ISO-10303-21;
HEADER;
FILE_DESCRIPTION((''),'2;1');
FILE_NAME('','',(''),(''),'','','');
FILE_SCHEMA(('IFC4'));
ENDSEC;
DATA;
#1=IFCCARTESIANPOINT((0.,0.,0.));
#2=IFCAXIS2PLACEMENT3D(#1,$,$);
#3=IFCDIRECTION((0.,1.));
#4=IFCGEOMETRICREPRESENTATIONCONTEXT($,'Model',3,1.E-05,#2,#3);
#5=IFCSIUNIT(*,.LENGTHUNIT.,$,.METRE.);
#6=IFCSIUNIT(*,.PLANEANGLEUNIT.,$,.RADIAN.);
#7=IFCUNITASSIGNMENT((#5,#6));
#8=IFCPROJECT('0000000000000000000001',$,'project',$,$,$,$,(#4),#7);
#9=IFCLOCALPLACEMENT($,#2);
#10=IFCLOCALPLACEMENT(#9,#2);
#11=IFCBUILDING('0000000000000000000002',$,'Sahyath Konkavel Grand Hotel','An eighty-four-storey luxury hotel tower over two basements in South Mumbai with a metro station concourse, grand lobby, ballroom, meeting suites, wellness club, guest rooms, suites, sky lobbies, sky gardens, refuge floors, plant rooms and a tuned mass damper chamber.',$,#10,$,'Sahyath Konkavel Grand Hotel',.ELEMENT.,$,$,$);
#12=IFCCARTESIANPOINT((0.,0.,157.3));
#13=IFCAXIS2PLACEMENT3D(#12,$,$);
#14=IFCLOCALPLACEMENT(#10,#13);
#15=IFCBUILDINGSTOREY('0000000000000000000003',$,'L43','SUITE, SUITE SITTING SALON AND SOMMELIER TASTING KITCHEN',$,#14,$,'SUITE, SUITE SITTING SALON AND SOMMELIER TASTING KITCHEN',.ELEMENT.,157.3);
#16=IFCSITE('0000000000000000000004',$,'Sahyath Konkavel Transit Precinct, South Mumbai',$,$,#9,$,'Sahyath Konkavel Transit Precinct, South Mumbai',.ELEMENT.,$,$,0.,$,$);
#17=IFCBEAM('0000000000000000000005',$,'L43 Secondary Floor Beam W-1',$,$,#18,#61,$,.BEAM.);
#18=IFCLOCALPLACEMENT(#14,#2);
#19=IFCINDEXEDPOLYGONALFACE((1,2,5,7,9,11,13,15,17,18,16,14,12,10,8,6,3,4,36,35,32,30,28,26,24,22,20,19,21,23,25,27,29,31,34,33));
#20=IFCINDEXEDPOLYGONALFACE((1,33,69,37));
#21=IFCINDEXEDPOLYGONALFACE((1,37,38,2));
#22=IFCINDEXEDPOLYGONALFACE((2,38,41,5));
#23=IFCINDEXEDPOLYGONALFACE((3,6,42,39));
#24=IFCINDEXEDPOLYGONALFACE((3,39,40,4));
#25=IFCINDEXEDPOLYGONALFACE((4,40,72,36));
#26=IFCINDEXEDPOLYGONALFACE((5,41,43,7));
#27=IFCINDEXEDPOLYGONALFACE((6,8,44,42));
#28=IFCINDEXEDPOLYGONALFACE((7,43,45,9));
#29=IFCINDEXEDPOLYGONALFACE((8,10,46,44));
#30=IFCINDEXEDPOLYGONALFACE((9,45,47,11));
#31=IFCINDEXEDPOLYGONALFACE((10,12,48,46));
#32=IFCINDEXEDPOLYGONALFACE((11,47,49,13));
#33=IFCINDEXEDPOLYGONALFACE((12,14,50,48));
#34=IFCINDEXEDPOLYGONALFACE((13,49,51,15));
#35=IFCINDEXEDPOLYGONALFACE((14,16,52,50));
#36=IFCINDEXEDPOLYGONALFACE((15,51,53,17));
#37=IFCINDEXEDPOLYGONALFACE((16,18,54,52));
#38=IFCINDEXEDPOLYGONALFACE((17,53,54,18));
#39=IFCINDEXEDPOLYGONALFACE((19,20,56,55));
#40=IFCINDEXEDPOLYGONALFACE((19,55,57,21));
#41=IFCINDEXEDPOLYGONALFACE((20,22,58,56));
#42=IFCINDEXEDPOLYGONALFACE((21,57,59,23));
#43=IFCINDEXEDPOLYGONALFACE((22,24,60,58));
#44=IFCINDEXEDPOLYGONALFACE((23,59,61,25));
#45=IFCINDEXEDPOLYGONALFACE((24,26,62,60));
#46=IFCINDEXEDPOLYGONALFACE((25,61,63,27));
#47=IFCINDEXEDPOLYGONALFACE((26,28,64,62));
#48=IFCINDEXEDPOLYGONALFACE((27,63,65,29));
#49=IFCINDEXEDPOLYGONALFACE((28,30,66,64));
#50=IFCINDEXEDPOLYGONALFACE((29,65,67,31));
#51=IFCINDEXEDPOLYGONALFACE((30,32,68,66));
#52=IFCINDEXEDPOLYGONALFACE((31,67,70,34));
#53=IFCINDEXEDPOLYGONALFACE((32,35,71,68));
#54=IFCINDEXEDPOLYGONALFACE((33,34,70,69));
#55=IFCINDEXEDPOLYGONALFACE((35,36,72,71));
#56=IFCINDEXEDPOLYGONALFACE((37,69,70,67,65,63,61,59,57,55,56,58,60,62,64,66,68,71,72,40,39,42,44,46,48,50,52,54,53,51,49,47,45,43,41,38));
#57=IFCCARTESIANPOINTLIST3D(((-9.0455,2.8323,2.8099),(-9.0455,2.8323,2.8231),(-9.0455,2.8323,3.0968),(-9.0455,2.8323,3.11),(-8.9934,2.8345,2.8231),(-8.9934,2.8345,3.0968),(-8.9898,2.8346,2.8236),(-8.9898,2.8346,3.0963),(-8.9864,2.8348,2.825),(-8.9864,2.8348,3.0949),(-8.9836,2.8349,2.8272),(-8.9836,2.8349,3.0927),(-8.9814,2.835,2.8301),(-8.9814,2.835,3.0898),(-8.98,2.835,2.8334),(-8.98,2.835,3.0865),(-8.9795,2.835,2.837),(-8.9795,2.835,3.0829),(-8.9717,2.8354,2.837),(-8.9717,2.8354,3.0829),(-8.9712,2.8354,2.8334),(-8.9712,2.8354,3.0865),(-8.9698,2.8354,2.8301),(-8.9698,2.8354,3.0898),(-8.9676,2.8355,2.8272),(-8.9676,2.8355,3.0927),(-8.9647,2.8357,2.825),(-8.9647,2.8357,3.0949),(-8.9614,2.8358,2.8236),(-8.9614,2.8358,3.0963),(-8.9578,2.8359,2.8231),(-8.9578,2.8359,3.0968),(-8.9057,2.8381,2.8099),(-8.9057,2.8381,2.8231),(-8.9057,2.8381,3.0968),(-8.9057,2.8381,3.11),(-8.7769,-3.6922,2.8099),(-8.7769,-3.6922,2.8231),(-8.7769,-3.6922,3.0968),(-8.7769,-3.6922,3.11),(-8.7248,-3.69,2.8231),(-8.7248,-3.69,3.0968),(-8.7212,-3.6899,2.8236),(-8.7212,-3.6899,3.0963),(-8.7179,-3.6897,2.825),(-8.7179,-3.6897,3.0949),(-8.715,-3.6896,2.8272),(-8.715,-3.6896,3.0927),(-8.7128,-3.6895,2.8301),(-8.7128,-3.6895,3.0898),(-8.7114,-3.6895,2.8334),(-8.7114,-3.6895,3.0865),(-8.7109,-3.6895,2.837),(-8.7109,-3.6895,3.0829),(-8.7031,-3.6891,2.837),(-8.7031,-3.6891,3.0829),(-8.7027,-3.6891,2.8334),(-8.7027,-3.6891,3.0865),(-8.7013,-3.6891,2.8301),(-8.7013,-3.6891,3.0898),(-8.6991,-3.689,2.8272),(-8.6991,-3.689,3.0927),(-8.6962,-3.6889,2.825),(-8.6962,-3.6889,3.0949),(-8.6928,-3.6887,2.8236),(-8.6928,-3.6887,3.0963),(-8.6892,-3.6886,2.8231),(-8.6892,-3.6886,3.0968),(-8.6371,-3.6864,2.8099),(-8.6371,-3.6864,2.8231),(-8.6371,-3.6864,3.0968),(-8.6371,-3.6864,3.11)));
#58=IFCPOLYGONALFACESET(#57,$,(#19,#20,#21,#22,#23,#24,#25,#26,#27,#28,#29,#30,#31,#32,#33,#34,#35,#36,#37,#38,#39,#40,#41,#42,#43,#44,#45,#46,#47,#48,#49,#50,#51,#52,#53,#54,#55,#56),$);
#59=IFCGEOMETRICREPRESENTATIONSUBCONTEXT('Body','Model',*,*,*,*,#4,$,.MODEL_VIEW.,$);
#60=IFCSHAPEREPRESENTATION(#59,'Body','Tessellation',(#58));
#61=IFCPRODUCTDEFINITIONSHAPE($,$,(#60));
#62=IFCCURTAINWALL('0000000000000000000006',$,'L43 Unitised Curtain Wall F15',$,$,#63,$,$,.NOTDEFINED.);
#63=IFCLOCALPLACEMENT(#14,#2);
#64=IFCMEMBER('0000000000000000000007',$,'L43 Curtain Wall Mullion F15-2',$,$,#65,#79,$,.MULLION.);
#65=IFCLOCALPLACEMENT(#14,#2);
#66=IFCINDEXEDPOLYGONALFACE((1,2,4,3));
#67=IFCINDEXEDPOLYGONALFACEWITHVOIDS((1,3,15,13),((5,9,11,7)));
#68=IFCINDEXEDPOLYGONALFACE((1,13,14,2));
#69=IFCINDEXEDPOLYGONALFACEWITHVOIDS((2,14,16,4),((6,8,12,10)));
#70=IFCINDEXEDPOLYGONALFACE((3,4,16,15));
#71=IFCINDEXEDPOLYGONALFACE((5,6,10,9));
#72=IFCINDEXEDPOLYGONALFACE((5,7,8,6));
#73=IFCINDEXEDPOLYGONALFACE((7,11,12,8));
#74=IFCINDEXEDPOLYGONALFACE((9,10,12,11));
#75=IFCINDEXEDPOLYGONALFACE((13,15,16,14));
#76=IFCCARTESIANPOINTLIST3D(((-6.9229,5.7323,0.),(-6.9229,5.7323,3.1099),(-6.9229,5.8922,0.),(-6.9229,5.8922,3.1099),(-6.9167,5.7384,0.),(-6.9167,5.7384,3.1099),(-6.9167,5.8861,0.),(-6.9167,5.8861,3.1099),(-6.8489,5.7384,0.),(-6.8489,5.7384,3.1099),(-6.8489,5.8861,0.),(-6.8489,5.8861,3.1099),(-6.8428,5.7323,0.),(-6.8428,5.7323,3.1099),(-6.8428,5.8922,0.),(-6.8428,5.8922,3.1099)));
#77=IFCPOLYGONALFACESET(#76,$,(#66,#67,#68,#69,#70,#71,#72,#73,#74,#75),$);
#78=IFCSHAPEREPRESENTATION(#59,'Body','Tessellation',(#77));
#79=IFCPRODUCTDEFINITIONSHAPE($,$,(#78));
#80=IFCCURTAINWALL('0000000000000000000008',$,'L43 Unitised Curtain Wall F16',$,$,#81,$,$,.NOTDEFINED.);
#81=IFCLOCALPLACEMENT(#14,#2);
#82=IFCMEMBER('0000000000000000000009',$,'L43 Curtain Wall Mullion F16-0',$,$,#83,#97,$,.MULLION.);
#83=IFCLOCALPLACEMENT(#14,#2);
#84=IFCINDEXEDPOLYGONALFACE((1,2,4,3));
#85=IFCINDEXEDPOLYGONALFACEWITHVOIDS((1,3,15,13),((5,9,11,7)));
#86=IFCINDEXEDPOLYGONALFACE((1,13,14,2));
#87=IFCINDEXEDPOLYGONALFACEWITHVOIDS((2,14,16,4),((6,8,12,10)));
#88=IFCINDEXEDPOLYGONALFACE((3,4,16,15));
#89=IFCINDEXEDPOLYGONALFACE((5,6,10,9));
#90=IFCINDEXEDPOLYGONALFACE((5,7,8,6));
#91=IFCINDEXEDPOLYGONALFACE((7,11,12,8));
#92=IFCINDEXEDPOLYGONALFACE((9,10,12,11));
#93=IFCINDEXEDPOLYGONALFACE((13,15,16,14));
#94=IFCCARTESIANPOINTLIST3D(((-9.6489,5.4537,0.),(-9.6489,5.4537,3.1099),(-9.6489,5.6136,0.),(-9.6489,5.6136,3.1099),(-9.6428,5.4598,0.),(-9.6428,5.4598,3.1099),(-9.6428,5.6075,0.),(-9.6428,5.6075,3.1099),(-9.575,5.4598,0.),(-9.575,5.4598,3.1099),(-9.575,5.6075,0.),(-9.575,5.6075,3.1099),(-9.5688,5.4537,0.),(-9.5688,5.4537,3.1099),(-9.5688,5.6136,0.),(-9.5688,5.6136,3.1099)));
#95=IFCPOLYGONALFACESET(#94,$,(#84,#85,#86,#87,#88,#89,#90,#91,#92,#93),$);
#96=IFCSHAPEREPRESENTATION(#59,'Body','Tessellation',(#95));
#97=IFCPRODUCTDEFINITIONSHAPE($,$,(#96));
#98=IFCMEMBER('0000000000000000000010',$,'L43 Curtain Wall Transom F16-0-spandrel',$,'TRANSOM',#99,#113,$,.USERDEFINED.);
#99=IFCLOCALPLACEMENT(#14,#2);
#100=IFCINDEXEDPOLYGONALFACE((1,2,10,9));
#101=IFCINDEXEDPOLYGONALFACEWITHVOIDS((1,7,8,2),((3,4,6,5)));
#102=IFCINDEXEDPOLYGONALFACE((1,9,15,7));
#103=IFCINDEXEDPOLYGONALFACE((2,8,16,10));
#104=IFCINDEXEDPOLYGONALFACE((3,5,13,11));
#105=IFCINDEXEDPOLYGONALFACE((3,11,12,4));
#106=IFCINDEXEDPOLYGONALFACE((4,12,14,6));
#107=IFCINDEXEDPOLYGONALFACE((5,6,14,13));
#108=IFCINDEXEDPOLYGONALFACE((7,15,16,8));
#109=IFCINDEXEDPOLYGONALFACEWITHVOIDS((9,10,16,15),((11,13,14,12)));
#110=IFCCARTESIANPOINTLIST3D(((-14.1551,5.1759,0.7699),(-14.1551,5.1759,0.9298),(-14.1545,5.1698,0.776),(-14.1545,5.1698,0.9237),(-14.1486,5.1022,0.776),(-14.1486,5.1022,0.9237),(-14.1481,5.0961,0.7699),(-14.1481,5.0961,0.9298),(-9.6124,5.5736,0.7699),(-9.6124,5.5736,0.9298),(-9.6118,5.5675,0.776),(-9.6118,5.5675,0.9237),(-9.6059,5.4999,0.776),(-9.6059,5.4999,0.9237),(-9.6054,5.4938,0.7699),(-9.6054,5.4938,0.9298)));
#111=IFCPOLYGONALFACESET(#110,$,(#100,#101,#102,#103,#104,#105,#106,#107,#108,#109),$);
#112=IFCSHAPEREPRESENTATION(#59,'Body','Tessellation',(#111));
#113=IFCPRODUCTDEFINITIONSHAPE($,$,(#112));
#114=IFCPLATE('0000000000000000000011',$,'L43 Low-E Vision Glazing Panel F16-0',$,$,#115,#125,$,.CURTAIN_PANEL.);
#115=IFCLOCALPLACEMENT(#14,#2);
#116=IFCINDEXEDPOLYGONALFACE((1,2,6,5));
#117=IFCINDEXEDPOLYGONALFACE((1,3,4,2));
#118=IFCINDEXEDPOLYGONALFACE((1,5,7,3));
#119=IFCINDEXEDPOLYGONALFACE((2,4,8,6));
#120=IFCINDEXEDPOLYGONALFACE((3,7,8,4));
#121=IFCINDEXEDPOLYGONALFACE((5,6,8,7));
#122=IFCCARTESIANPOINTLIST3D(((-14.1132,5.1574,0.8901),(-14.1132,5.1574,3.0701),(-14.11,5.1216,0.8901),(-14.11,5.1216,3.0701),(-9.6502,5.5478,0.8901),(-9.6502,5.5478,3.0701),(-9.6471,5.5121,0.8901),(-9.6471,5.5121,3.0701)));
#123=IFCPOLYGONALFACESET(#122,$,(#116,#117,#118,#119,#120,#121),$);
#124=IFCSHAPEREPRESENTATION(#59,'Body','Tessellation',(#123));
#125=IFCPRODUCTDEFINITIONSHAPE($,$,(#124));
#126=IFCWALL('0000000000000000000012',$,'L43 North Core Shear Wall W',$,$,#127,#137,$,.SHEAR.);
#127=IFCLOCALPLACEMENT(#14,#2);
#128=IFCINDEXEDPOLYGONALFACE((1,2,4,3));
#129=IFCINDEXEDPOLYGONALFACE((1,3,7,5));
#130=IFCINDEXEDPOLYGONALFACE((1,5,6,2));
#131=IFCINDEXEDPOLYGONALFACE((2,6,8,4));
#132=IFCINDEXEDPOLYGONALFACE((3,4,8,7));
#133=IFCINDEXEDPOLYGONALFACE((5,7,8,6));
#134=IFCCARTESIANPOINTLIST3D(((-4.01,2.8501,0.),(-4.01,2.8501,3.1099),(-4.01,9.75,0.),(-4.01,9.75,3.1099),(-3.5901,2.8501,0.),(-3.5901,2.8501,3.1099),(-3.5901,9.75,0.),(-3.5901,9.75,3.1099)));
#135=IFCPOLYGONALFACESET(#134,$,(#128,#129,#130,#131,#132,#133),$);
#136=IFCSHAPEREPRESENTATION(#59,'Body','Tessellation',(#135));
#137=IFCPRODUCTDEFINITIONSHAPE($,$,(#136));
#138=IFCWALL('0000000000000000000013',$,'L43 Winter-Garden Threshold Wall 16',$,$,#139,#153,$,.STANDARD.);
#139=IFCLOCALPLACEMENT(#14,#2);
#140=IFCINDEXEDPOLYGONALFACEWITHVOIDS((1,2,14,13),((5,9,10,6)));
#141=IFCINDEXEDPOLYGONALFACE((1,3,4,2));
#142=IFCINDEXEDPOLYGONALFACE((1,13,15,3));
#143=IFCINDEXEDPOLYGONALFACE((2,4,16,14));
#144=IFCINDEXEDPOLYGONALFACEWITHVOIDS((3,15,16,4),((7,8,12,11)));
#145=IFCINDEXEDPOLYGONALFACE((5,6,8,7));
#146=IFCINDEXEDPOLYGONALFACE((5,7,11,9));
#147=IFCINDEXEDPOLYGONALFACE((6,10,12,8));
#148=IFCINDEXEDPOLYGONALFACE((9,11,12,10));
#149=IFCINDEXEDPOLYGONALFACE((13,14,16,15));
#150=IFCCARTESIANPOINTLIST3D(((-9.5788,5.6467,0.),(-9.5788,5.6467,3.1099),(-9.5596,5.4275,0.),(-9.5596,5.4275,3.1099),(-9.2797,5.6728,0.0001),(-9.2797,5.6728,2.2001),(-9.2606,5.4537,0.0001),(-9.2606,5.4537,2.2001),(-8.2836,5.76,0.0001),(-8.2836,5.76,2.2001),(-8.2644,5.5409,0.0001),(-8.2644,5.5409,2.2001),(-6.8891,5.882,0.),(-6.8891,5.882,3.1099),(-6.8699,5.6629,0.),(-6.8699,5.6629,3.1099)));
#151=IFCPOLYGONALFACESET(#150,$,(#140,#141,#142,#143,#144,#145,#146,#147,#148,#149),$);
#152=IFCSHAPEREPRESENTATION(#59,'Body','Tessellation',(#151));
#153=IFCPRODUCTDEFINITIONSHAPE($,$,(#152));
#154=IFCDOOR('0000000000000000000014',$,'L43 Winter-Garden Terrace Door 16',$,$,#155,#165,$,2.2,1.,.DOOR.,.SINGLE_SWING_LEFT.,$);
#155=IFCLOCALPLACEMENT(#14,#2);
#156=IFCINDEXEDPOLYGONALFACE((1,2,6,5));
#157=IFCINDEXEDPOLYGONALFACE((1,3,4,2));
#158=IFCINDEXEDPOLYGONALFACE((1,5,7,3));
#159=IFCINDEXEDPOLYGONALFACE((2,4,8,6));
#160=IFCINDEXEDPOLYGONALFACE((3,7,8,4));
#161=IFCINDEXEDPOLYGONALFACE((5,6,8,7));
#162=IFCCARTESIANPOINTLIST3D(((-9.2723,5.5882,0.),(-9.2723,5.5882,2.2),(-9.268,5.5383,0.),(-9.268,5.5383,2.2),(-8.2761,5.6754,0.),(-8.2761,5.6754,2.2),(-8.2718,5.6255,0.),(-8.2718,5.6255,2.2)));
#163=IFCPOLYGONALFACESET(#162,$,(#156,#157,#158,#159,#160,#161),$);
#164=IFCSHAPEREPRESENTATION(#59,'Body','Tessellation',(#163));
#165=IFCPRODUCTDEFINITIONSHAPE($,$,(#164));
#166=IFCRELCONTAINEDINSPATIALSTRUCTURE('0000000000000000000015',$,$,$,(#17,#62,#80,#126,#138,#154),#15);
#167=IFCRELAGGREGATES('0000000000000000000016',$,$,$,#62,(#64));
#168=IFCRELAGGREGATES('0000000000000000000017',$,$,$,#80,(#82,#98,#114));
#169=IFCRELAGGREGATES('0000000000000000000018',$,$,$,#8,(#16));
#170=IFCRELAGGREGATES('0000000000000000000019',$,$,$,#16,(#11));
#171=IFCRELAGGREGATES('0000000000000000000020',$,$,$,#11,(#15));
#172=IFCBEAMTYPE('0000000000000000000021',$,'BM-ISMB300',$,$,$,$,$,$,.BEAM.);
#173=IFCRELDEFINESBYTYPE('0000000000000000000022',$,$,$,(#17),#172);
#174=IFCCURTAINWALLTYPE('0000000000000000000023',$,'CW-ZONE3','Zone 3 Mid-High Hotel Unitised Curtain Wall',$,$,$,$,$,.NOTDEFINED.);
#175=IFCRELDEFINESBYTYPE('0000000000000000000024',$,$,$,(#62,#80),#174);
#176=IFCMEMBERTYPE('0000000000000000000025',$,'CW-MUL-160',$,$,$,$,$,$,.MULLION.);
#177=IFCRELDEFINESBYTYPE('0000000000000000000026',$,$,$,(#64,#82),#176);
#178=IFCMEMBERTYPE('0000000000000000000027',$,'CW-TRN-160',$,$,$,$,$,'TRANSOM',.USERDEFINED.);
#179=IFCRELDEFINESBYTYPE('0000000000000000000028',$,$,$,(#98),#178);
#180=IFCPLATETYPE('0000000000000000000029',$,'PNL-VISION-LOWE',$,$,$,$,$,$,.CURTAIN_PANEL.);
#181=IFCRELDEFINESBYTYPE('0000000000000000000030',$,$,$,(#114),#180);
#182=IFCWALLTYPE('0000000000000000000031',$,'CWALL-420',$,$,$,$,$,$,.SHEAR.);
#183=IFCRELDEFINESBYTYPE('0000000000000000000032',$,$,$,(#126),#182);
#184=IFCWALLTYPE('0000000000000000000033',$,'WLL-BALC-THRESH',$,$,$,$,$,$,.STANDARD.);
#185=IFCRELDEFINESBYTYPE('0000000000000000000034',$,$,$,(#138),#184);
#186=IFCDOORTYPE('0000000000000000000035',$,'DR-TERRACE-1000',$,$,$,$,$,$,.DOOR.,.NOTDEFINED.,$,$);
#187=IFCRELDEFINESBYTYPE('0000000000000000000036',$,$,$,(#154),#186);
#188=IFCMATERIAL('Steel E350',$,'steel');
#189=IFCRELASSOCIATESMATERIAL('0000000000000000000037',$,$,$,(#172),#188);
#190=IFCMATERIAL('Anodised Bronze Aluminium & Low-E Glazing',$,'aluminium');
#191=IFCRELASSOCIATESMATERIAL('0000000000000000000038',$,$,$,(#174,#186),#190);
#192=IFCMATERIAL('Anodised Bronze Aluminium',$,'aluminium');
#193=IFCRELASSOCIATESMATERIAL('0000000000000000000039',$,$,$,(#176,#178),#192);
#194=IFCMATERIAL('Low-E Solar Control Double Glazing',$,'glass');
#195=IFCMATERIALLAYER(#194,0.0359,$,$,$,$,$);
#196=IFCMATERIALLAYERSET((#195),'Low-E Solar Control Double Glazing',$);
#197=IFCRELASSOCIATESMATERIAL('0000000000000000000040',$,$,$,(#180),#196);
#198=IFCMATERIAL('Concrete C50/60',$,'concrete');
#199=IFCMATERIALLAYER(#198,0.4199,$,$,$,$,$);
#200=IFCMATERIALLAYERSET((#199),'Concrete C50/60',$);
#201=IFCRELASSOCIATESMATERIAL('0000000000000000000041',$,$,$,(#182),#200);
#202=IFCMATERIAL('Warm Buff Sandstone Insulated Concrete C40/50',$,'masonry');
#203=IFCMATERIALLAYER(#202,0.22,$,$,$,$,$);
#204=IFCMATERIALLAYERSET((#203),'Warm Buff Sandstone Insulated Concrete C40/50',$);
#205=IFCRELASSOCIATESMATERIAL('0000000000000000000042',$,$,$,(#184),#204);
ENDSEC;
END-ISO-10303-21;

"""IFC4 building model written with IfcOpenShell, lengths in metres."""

from ifc_helpers import new_model, si_unit, direction, frame, frame_2d, origin, origin_2d, place, context, subcontext, project, spatial, rectangle, hollow_rectangle, i_section, extrude, source, transform, mapped, material, layer, layer_set, material_profile, profile_set, type_object, element, fill, aggregate, save


model = new_model("IFC4")

# Units and contexts
model_context = context("Model", 3, precision=1e-05, world=origin(), true_north=direction((0.0, 1.0)))
body_context = subcontext(model_context, "Body", "Model", "MODEL_VIEW")
ifc_project = project(units=[si_unit("LENGTHUNIT", "METRE"), si_unit("PLANEANGLEUNIT", "RADIAN")], contexts=[model_context])

# Site, building, storey
site_placement = place(None, origin())
site = spatial("IfcSite", under=ifc_project, at=site_placement, Name="Sahyath Konkavel Transit Precinct, South Mumbai", LongName="Sahyath Konkavel Transit Precinct, South Mumbai", CompositionType="ELEMENT", RefElevation=0.0)
building_placement = place(site_placement, origin())
building = spatial("IfcBuilding", under=site, at=building_placement, Name="Sahyath Konkavel Grand Hotel", Description="An eighty-four-storey luxury hotel tower over two basements in South Mumbai with a metro station concourse, grand lobby, ballroom, meeting suites, wellness club, guest rooms, suites, sky lobbies, sky gardens, refuge floors, plant rooms and a tuned mass damper chamber.", LongName="Sahyath Konkavel Grand Hotel", CompositionType="ELEMENT")
storey_placement = place(building_placement, frame((0.0, 0.0, 157.3)))
storey = spatial("IfcBuildingStorey", under=building, at=storey_placement, Name="L43", Description="SUITE, SUITE SITTING SALON AND SOMMELIER TASTING KITCHEN", LongName="SUITE, SUITE SITTING SALON AND SOMMELIER TASTING KITCHEN", CompositionType="ELEMENT", Elevation=157.3)

# Shared definitions
ifc_material_1 = material(Name="Concrete C50/60", Category="concrete")

# Beam
ifc_material_2 = material(Name="Steel E350", Category="steel")
ifc_material_profile_1 = material_profile(ifc_material_2, i_section(OverallWidth=0.1399, OverallDepth=0.3, WebThickness=0.0078, FlangeThickness=0.0132, FilletRadius=0.0139, at=origin_2d()), Name="ISMB 300")
ifc_profile_set_1 = profile_set([ifc_material_profile_1], Name="Steel E350")
beam_type_1 = type_object("IfcBeamType", Name="BM-ISMB300", PredefinedType="BEAM", material=ifc_profile_set_1)
shared_shape_1 = source(origin(), body_context, "Body", "SweptSolid", [
    extrude(i_section(OverallWidth=0.1399, OverallDepth=0.3, WebThickness=0.0078, FlangeThickness=0.0132, FilletRadius=0.0139, at=origin_2d()), origin(), (0.0, 0.0, 1.0), 6.53),
])
beam_1_placement = place(storey_placement, frame((-8.9756, 2.8352, 2.96), z_axis=(0.041127, -0.999154, 0.0), x_axis=(0.999154, 0.041127, 0.0)))
element("IfcBeam", 1, at=beam_1_placement, inside=storey, type_object=beam_type_1, Name="L43 Secondary Floor Beam W-1", PredefinedType="BEAM", context=body_context, shape_type="MappedRepresentation", body=[
    mapped(shared_shape_1, transform((0.0, 0.0, 0.0), scale=1.0)),
])

# Curtain wall, member
ifc_material_3 = material(Name="Anodised Bronze Aluminium & Low-E Glazing", Category="aluminium")
curtain_wall_type = type_object("IfcCurtainWallType", Name="CW-ZONE3", Description="Zone 3 Mid-High Hotel Unitised Curtain Wall", PredefinedType="NOTDEFINED", material=ifc_material_3)
curtain_wall_1_placement = place(storey_placement, origin())
curtain_wall_1 = element("IfcCurtainWall", 2, at=curtain_wall_1_placement, inside=storey, type_object=curtain_wall_type, Name="L43 Unitised Curtain Wall F15", PredefinedType="NOTDEFINED")
ifc_material_4 = material(Name="Anodised Bronze Aluminium", Category="aluminium")
ifc_material_profile_2 = material_profile(ifc_material_4, hollow_rectangle(XDim=0.0801, YDim=0.1599, WallThickness=0.0061, at=origin_2d()), Name="RHS 160x80x6")
ifc_profile_set_2 = profile_set([ifc_material_profile_2], Name="Anodised Bronze Aluminium")
member_type_1 = type_object("IfcMemberType", Name="CW-MUL-160", PredefinedType="MULLION", material=ifc_profile_set_2)
shared_shape_2 = source(origin(), body_context, "Body", "SweptSolid", [
    extrude(hollow_rectangle(XDim=0.0801, YDim=0.1599, WallThickness=0.0061, at=origin_2d()), origin(), (0.0, 0.0, 1.0), 3.1099),
])
member_1_placement = place(storey_placement, frame((-6.8828, 5.8123, 0.0), z_axis=(0.0, 0.0, 1.0), x_axis=(1.0, 0.0, 0.0)))
member_1 = element("IfcMember", 3, at=member_1_placement, type_object=member_type_1, Name="L43 Curtain Wall Mullion F15-2", PredefinedType="MULLION", context=body_context, shape_type="MappedRepresentation", body=[
    mapped(shared_shape_2, transform((0.0, 0.0, 0.0), scale=1.0)),
])
aggregate(curtain_wall_1, [member_1])

# Curtain wall, members, plate
curtain_wall_2_placement = place(storey_placement, origin())
curtain_wall_2 = element("IfcCurtainWall", 4, at=curtain_wall_2_placement, inside=storey, type_object=curtain_wall_type, Name="L43 Unitised Curtain Wall F16", PredefinedType="NOTDEFINED")
member_2_placement = place(storey_placement, frame((-9.6089, 5.5337, 0.0), z_axis=(0.0, 0.0, 1.0), x_axis=(1.0, 0.0, 0.0)))
member_2 = element("IfcMember", 5, at=member_2_placement, type_object=member_type_1, Name="L43 Curtain Wall Mullion F16-0", PredefinedType="MULLION", context=body_context, shape_type="MappedRepresentation", body=[
    mapped(shared_shape_2, transform((0.0, 0.0, 0.0), scale=1.0)),
])
ifc_material_profile_3 = material_profile(ifc_material_4, hollow_rectangle(XDim=0.0801, YDim=0.1599, WallThickness=0.0061, at=origin_2d()), Name="RHS 160x80x6")
ifc_profile_set_3 = profile_set([ifc_material_profile_3], Name="Anodised Bronze Aluminium")
member_type_2 = type_object("IfcMemberType", Name="CW-TRN-160", ElementType="TRANSOM", PredefinedType="USERDEFINED", material=ifc_profile_set_3)
shared_shape_3 = source(origin(), body_context, "Body", "SweptSolid", [
    extrude(hollow_rectangle(XDim=0.0801, YDim=0.1599, WallThickness=0.0061, at=origin_2d()), origin(), (0.0, 0.0, 1.0), 4.5601),
])
member_3_placement = place(storey_placement, frame((-9.6089, 5.5337, 0.8499), z_axis=(-0.99619, -0.087214, 0.0), x_axis=(0.087214, -0.99619, 0.0)))
member_3 = element("IfcMember", 6, at=member_3_placement, type_object=member_type_2, Name="L43 Curtain Wall Transom F16-0-spandrel", ObjectType="TRANSOM", PredefinedType="USERDEFINED", context=body_context, shape_type="MappedRepresentation", body=[
    mapped(shared_shape_3, transform((0.0, 0.0, 0.0), scale=1.0)),
])
ifc_material_5 = material(Name="Low-E Solar Control Double Glazing", Category="glass")
ifc_layer_1 = layer(ifc_material_5, 0.0359)
ifc_layer_set_1 = layer_set([ifc_layer_1], Name="Low-E Solar Control Double Glazing")
plate_type = type_object("IfcPlateType", Name="PNL-VISION-LOWE", PredefinedType="CURTAIN_PANEL", material=ifc_layer_set_1)
shared_shape_4 = source(origin(), body_context, "Body", "SweptSolid", [
    extrude(rectangle(XDim=4.48, YDim=0.0359, at=origin_2d()), origin(), (0.0, 0.0, 1.0), 2.1799),
])
plate_placement = place(storey_placement, frame((-11.8801, 5.3347, 0.8901), z_axis=(0.0, 0.0, 1.0), x_axis=(-0.996195, -0.087156, 0.0)))
plate = element("IfcPlate", 7, at=plate_placement, type_object=plate_type, Name="L43 Low-E Vision Glazing Panel F16-0", PredefinedType="CURTAIN_PANEL", context=body_context, shape_type="MappedRepresentation", body=[
    mapped(shared_shape_4, transform((0.0, 0.0, 0.0), scale=1.0)),
])
aggregate(curtain_wall_2, [member_2, member_3, plate])

# Wall
ifc_layer_2 = layer(ifc_material_1, 0.4199)
ifc_layer_set_2 = layer_set([ifc_layer_2], Name="Concrete C50/60")
wall_type_1 = type_object("IfcWallType", Name="CWALL-420", PredefinedType="SHEAR", material=ifc_layer_set_2)
wall_1_placement = place(storey_placement, frame((-3.8, 2.8501, 0.0), z_axis=(0.0, 0.0, 1.0), x_axis=(0.0, 1.0, 0.0)))
element("IfcWall", 8, at=wall_1_placement, inside=storey, type_object=wall_type_1, Name="L43 North Core Shear Wall W", PredefinedType="SHEAR", context=body_context, shape_type="SweptSolid", body=[
    extrude(rectangle(XDim=6.8999, YDim=0.4199, at=frame_2d((3.45, 0.0))), origin(), (0.0, 0.0, 1.0), 3.1099),
])

# Wall, opening, door
ifc_material_6 = material(Name="Warm Buff Sandstone Insulated Concrete C40/50", Category="masonry")
ifc_layer_3 = layer(ifc_material_6, 0.22)
ifc_layer_set_3 = layer_set([ifc_layer_3], Name="Warm Buff Sandstone Insulated Concrete C40/50")
wall_type_2 = type_object("IfcWallType", Name="WLL-BALC-THRESH", PredefinedType="STANDARD", material=ifc_layer_set_3)
wall_2_placement = place(storey_placement, frame((-6.8794, 5.7725, 0.0), z_axis=(0.0, 0.0, 1.0), x_axis=(-0.996194, -0.087168, 0.0)))
wall_2 = element("IfcWall", 9, at=wall_2_placement, inside=storey, type_object=wall_type_2, Name="L43 Winter-Garden Threshold Wall 16", PredefinedType="STANDARD", context=body_context, shape_type="SweptSolid", body=[
    extrude(rectangle(XDim=2.7, YDim=0.22, at=frame_2d((1.3501, 0.0))), origin(), (0.0, 0.0, 1.0), 3.1099),
])
opening_1_placement = place(wall_2_placement, frame((1.3999, 0.0, 0.0)))
opening_1 = element("IfcOpeningElement", 10, at=opening_1_placement, cuts=wall_2, PredefinedType="OPENING", context=body_context, shape_type="SweptSolid", body=[
    extrude(rectangle(XDim=1.0, YDim=2.2, at=frame_2d((0.5, 1.1001))), frame((0.0, 0.1201, 0.0), z_axis=(0.0, -1.0, 0.0), x_axis=(1.0, 0.0, 0.0)), (0.0, 0.0, 1.0), 0.24),
])
door_type_1 = type_object("IfcDoorType", Name="DR-TERRACE-1000", OperationType="NOTDEFINED", PredefinedType="DOOR", material=ifc_material_3)
shared_shape_5 = source(origin(), body_context, "Body", "SweptSolid", [
    extrude(rectangle(XDim=1.0, YDim=0.05, at=origin_2d()), origin(), (0.0, 0.0, 1.0), 2.2),
])
door_1_placement = place(opening_1_placement, frame((0.5, 0.0, 0.0)))
door_1 = element("IfcDoor", 11, at=door_1_placement, inside=storey, type_object=door_type_1, Name="L43 Winter-Garden Terrace Door 16", OperationType="SINGLE_SWING_LEFT", OverallHeight=2.2, OverallWidth=1.0, PredefinedType="DOOR", context=body_context, shape_type="MappedRepresentation", body=[
    mapped(shared_shape_5, transform((0.0, 0.0, 0.0), scale=1.0)),
])
fill(opening_1, door_1)

save(model, "model.ifc")
